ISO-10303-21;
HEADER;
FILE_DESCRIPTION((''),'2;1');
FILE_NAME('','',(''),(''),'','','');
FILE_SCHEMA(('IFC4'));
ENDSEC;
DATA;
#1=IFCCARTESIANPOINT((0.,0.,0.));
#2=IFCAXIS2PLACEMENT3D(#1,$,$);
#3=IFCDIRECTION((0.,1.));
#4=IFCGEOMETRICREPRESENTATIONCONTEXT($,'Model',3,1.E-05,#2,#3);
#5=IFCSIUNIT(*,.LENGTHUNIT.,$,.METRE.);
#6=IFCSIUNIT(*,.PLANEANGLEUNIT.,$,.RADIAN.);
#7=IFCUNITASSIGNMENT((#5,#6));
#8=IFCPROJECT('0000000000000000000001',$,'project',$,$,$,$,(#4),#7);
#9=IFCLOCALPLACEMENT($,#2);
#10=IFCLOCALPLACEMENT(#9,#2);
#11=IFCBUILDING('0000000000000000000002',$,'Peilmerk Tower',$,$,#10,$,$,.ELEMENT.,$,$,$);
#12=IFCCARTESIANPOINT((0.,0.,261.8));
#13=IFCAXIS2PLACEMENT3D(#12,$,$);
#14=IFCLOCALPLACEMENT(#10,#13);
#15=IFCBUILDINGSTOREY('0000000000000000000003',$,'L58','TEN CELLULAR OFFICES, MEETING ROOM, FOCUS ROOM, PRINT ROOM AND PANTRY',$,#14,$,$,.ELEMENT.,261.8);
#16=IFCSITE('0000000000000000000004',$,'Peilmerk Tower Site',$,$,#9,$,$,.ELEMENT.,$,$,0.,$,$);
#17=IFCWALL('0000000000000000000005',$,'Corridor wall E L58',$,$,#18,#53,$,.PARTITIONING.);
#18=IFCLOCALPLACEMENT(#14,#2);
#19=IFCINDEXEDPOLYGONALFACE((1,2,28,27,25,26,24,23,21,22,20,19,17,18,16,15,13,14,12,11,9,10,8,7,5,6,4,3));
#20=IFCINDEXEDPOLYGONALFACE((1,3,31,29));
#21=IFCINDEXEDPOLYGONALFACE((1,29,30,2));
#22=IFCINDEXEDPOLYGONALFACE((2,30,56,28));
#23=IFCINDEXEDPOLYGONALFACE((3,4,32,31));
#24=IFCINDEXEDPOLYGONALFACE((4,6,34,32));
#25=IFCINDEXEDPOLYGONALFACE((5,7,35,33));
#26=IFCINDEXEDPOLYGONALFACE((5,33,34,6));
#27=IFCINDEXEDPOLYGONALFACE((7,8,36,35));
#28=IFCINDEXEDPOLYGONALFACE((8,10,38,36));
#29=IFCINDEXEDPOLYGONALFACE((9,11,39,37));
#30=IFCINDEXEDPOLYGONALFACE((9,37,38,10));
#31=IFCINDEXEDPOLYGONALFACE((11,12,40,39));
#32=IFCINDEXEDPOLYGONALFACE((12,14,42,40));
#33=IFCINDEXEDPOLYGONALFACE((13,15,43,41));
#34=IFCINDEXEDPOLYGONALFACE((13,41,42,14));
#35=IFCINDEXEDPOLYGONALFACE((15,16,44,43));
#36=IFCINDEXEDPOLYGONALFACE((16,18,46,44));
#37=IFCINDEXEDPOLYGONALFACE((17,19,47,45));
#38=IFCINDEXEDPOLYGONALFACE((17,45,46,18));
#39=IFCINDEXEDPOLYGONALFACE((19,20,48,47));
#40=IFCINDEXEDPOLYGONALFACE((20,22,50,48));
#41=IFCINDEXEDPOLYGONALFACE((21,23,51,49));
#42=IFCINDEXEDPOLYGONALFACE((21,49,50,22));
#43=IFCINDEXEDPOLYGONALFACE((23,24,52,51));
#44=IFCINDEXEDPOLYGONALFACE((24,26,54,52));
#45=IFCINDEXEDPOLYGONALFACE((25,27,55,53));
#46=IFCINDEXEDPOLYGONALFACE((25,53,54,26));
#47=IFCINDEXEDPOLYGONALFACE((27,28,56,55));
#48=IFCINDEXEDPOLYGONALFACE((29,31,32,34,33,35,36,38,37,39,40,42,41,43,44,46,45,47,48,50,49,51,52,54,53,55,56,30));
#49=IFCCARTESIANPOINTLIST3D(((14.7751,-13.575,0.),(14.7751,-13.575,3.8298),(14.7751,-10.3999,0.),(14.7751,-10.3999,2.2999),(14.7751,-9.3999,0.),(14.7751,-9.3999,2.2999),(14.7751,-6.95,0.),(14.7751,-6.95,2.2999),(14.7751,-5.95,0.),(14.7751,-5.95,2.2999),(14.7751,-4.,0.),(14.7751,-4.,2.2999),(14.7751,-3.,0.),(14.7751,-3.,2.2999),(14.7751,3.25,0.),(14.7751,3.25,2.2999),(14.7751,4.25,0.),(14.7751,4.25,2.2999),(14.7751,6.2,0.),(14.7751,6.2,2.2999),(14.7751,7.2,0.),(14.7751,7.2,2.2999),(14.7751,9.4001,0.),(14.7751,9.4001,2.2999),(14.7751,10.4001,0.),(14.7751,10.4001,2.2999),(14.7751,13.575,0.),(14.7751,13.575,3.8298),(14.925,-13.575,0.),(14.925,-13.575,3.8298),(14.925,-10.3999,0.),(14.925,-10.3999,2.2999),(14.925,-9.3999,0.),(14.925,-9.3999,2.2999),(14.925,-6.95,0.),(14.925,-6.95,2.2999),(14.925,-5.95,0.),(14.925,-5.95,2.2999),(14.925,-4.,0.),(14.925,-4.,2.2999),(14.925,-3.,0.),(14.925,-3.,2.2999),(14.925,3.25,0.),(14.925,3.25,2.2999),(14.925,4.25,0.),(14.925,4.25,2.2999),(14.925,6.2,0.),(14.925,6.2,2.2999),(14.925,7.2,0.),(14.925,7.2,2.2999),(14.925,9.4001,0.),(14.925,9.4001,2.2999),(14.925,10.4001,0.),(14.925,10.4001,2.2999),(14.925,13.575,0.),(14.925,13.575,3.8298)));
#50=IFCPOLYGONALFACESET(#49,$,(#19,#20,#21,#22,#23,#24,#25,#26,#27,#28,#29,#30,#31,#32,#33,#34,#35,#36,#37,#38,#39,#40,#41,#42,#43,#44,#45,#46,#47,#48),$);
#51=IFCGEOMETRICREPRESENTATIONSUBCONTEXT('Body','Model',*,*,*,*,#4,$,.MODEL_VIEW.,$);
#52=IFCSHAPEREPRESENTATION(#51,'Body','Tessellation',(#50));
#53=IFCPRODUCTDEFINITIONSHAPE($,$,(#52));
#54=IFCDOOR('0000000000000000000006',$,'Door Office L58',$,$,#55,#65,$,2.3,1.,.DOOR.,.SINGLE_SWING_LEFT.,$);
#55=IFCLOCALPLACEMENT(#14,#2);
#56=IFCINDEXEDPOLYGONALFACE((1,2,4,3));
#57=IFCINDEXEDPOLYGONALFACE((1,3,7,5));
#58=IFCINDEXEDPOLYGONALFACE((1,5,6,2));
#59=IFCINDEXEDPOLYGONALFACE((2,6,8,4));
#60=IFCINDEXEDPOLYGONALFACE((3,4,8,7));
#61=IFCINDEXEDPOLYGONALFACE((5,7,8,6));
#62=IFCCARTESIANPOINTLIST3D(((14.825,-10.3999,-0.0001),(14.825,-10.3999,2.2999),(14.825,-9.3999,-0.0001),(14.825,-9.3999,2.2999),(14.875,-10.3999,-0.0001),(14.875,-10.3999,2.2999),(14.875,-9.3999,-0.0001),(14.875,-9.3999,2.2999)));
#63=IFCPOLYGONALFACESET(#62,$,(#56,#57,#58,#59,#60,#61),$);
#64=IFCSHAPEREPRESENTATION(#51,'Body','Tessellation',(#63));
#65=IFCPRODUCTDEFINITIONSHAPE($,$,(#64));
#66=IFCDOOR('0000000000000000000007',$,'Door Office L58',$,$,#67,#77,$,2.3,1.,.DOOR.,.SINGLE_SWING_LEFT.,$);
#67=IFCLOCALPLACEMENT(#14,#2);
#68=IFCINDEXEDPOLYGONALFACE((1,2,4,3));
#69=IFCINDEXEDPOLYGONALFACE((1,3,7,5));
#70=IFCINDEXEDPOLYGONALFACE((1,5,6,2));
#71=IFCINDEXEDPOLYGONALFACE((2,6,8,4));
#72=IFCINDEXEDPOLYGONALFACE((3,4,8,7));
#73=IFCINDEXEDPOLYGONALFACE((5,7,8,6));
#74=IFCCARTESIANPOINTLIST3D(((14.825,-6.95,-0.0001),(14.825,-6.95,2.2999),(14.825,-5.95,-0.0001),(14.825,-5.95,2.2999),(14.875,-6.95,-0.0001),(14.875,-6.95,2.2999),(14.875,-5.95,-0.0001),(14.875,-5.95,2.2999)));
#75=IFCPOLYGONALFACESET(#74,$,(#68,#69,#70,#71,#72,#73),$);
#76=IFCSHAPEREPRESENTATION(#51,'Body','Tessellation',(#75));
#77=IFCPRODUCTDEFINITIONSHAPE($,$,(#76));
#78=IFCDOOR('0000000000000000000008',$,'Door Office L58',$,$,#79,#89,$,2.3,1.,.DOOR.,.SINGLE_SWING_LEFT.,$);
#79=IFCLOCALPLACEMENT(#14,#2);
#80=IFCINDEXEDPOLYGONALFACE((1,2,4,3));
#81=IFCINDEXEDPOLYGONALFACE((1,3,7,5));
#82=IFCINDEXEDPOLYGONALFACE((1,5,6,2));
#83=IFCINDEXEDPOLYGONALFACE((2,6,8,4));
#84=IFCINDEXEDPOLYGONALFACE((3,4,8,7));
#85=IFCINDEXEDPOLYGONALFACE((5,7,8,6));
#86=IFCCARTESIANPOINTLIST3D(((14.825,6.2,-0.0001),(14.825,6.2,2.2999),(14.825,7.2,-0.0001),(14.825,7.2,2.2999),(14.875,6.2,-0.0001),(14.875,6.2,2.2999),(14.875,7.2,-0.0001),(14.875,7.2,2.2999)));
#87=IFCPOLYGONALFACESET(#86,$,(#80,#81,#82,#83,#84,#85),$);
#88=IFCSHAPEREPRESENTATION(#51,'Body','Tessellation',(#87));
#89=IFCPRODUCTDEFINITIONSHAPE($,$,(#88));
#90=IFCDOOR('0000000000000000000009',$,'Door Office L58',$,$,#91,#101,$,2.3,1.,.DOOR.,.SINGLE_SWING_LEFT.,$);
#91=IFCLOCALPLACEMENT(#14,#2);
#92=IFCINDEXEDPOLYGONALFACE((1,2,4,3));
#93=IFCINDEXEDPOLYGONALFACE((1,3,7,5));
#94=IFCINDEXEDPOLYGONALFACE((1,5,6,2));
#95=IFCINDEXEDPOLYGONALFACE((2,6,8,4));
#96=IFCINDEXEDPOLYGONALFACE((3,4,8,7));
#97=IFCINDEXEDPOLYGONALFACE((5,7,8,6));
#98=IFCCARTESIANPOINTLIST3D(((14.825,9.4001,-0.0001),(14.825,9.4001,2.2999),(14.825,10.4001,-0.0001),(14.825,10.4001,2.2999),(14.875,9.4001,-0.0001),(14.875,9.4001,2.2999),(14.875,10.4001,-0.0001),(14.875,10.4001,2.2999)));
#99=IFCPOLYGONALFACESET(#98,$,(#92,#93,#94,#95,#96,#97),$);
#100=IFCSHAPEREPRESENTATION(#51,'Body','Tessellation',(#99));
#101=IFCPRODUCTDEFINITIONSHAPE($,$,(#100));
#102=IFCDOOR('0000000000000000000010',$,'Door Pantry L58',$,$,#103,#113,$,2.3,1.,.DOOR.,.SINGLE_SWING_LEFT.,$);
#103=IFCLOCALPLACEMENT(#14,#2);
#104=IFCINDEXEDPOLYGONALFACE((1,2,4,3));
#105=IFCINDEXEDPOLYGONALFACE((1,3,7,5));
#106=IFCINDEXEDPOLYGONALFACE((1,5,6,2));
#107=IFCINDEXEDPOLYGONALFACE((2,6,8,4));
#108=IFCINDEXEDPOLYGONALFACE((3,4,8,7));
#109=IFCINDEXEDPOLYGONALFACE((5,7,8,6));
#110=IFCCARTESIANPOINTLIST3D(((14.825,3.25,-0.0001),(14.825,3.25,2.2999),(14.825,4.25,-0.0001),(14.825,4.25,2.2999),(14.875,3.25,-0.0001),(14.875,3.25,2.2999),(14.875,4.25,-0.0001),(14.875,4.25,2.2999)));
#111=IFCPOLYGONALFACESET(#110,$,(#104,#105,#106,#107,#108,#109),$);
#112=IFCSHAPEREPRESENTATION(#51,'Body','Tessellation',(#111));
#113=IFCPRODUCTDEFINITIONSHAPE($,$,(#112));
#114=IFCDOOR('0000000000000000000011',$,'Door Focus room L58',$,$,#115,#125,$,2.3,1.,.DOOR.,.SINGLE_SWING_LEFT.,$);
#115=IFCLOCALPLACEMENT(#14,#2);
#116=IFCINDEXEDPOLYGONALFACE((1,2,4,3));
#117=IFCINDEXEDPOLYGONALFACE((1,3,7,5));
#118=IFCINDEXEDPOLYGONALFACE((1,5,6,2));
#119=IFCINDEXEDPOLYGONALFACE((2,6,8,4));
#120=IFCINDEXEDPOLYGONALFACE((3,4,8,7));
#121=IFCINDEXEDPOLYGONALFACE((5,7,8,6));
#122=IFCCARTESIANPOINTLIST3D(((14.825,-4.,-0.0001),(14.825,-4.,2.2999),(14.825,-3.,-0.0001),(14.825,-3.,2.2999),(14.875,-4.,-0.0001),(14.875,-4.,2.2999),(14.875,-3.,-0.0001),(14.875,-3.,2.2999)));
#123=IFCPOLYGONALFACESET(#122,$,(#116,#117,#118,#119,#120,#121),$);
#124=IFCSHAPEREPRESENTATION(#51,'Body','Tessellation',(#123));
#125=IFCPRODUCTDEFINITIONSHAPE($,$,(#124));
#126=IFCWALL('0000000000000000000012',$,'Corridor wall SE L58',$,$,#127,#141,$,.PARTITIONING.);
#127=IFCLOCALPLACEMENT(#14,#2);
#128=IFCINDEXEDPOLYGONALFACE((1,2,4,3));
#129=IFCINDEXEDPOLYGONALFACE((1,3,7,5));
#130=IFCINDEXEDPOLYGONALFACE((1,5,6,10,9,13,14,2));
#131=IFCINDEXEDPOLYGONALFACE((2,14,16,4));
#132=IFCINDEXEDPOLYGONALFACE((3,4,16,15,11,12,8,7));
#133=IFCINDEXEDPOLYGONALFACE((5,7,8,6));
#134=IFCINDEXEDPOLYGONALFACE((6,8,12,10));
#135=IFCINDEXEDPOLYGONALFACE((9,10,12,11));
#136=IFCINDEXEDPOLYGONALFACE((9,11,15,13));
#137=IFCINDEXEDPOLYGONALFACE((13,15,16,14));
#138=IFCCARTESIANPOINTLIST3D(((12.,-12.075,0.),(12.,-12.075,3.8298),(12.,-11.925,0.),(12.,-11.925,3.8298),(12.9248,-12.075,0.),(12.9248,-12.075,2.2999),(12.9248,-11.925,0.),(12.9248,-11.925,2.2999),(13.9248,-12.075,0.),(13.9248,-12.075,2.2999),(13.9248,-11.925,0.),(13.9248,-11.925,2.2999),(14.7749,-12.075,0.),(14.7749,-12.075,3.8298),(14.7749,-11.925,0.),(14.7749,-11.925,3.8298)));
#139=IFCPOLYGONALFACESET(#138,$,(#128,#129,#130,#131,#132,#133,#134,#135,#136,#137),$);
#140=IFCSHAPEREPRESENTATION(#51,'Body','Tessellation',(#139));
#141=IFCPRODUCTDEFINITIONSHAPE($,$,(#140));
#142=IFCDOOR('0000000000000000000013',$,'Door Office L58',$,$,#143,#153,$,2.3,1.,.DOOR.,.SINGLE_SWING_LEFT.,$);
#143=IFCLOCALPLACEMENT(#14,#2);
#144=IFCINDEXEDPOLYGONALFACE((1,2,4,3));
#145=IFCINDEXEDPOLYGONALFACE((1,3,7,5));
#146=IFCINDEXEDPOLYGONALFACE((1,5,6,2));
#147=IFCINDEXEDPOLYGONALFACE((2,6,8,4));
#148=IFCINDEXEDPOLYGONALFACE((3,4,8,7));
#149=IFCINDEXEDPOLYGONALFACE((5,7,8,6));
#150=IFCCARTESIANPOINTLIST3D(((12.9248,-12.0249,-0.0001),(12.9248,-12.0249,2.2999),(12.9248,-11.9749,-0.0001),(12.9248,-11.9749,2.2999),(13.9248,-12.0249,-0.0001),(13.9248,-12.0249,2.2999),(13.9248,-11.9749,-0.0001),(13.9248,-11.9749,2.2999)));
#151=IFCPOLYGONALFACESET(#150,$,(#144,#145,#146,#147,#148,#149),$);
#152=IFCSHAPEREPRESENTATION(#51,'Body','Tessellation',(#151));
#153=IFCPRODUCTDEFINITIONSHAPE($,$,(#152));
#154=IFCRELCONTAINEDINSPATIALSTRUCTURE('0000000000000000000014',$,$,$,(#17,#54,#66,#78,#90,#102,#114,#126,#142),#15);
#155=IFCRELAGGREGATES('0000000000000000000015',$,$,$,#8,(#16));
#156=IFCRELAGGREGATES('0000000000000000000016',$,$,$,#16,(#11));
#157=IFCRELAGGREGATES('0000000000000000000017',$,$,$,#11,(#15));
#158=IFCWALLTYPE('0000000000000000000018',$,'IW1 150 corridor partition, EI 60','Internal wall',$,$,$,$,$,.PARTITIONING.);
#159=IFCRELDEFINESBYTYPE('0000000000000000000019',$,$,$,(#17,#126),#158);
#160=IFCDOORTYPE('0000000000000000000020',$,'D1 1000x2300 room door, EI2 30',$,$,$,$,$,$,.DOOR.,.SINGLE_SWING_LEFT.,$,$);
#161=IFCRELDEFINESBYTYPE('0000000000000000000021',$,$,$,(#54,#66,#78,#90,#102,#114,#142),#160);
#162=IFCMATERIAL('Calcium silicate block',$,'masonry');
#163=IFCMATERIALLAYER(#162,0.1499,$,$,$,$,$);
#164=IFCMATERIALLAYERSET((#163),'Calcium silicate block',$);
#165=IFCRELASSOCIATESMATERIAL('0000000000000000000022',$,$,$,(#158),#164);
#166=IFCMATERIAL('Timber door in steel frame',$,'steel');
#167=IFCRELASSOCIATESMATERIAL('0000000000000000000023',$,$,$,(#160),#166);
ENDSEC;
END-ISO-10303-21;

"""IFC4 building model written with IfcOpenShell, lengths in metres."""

from ifc_helpers import new_model, si_unit, direction, frame, frame_2d, origin, place, context, subcontext, project, spatial, rectangle, extrude, material, layer, layer_set, type_object, element, fill, save


model = new_model("IFC4")

# Units and contexts
model_context = context("Model", 3, precision=1e-05, world=origin(), true_north=direction((0.0, 1.0)))
body_context = subcontext(model_context, "Body", "Model", "MODEL_VIEW")
ifc_project = project(units=[si_unit("LENGTHUNIT", "METRE"), si_unit("PLANEANGLEUNIT", "RADIAN")], contexts=[model_context])

# Site, building, storey
site_placement = place(None, origin())
site = spatial("IfcSite", under=ifc_project, at=site_placement, Name="Peilmerk Tower Site", CompositionType="ELEMENT", RefElevation=0.0)
building_placement = place(site_placement, origin())
building = spatial("IfcBuilding", under=site, at=building_placement, Name="Peilmerk Tower", CompositionType="ELEMENT")
storey_placement = place(building_placement, frame((0.0, 0.0, 261.8)))
storey = spatial("IfcBuildingStorey", under=building, at=storey_placement, Name="L58", Description="TEN CELLULAR OFFICES, MEETING ROOM, FOCUS ROOM, PRINT ROOM AND PANTRY", CompositionType="ELEMENT", Elevation=261.8)

# Wall, openings, doors
ifc_material_1 = material(Name="Calcium silicate block", Category="masonry")
ifc_layer_1 = layer(ifc_material_1, 0.1499)
ifc_layer_set_1 = layer_set([ifc_layer_1], Name="Calcium silicate block")
wall_type_1 = type_object("IfcWallType", Name="IW1 150 corridor partition, EI 60", Description="Internal wall", PredefinedType="PARTITIONING", material=ifc_layer_set_1)
wall_1_placement = place(storey_placement, frame((14.8501, -13.575, 0.0), z_axis=(0.0, 0.0, 1.0), x_axis=(0.0, 1.0, 0.0)))
wall_1 = element("IfcWall", 1, at=wall_1_placement, inside=storey, type_object=wall_type_1, Name="Corridor wall E L58", PredefinedType="PARTITIONING", context=body_context, shape_type="SweptSolid", body=[
    extrude(rectangle(XDim=27.1499, YDim=0.1499, at=frame_2d((13.575, 0.0))), origin(), (0.0, 0.0, 1.0), 3.8298),
])
opening_1_placement = place(wall_1_placement, frame((3.175, 0.0, 0.0)))
opening_1 = element("IfcOpeningElement", 2, at=opening_1_placement, cuts=wall_1, PredefinedType="OPENING", context=body_context, shape_type="SweptSolid", body=[
    extrude(rectangle(XDim=1.0, YDim=2.3, at=frame_2d((0.5, 1.1499))), frame((0.0, 0.085, 0.0), z_axis=(0.0, -1.0, 0.0), x_axis=(1.0, 0.0, 0.0)), (0.0, 0.0, 1.0), 0.1699),
])
opening_2_placement = place(wall_1_placement, frame((6.625, 0.0, 0.0)))
opening_2 = element("IfcOpeningElement", 3, at=opening_2_placement, cuts=wall_1, PredefinedType="OPENING", context=body_context, shape_type="SweptSolid", body=[
    extrude(rectangle(XDim=1.0, YDim=2.3, at=frame_2d((0.5, 1.1499))), frame((0.0, 0.085, 0.0), z_axis=(0.0, -1.0, 0.0), x_axis=(1.0, 0.0, 0.0)), (0.0, 0.0, 1.0), 0.1699),
])
opening_3_placement = place(wall_1_placement, frame((19.7749, 0.0, 0.0)))
opening_3 = element("IfcOpeningElement", 4, at=opening_3_placement, cuts=wall_1, PredefinedType="OPENING", context=body_context, shape_type="SweptSolid", body=[
    extrude(rectangle(XDim=1.0, YDim=2.3, at=frame_2d((0.5, 1.1499))), frame((0.0, 0.085, 0.0), z_axis=(0.0, -1.0, 0.0), x_axis=(1.0, 0.0, 0.0)), (0.0, 0.0, 1.0), 0.1699),
])
opening_4_placement = place(wall_1_placement, frame((22.9751, 0.0, 0.0)))
opening_4 = element("IfcOpeningElement", 5, at=opening_4_placement, cuts=wall_1, PredefinedType="OPENING", context=body_context, shape_type="SweptSolid", body=[
    extrude(rectangle(XDim=1.0, YDim=2.3, at=frame_2d((0.5, 1.1499))), frame((0.0, 0.085, 0.0), z_axis=(0.0, -1.0, 0.0), x_axis=(1.0, 0.0, 0.0)), (0.0, 0.0, 1.0), 0.1699),
])
opening_5_placement = place(wall_1_placement, frame((16.825, 0.0, 0.0)))
opening_5 = element("IfcOpeningElement", 6, at=opening_5_placement, cuts=wall_1, PredefinedType="OPENING", context=body_context, shape_type="SweptSolid", body=[
    extrude(rectangle(XDim=1.0, YDim=2.3, at=frame_2d((0.5, 1.1499))), frame((0.0, 0.085, 0.0), z_axis=(0.0, -1.0, 0.0), x_axis=(1.0, 0.0, 0.0)), (0.0, 0.0, 1.0), 0.1699),
])
opening_6_placement = place(wall_1_placement, frame((9.575, 0.0, 0.0)))
opening_6 = element("IfcOpeningElement", 7, at=opening_6_placement, cuts=wall_1, PredefinedType="OPENING", context=body_context, shape_type="SweptSolid", body=[
    extrude(rectangle(XDim=1.0, YDim=2.3, at=frame_2d((0.5, 1.1499))), frame((0.0, 0.085, 0.0), z_axis=(0.0, -1.0, 0.0), x_axis=(1.0, 0.0, 0.0)), (0.0, 0.0, 1.0), 0.1699),
])
ifc_material_2 = material(Name="Timber door in steel frame", Category="steel")
door_type = type_object("IfcDoorType", Name="D1 1000x2300 room door, EI2 30", OperationType="SINGLE_SWING_LEFT", PredefinedType="DOOR", material=ifc_material_2)
door_1_placement = place(opening_1_placement, frame((1.0, 0.0, 0.0), z_axis=(0.0, 0.0, 1.0), x_axis=(-1.0, 0.0, 0.0)))
door_1 = element("IfcDoor", 8, at=door_1_placement, inside=storey, type_object=door_type, Name="Door Office L58", OperationType="SINGLE_SWING_LEFT", OverallHeight=2.3, OverallWidth=1.0, PredefinedType="DOOR", context=body_context, shape_type="SweptSolid", body=[
    extrude(rectangle(XDim=1.0, YDim=2.3, at=frame_2d((0.5, 1.1499))), frame((0.0, 0.0249, 0.0), z_axis=(0.0, -1.0, 0.0), x_axis=(1.0, 0.0, 0.0)), (0.0, 0.0, 1.0), 0.05),
])
fill(opening_1, door_1)
door_2_placement = place(opening_2_placement, frame((1.0, 0.0, 0.0), z_axis=(0.0, 0.0, 1.0), x_axis=(-1.0, 0.0, 0.0)))
door_2 = element("IfcDoor", 9, at=door_2_placement, inside=storey, type_object=door_type, Name="Door Office L58", OperationType="SINGLE_SWING_LEFT", OverallHeight=2.3, OverallWidth=1.0, PredefinedType="DOOR", context=body_context, shape_type="SweptSolid", body=[
    extrude(rectangle(XDim=1.0, YDim=2.3, at=frame_2d((0.5, 1.1499))), frame((0.0, 0.0249, 0.0), z_axis=(0.0, -1.0, 0.0), x_axis=(1.0, 0.0, 0.0)), (0.0, 0.0, 1.0), 0.05),
])
fill(opening_2, door_2)
door_3_placement = place(opening_3_placement, frame((1.0, 0.0, 0.0), z_axis=(0.0, 0.0, 1.0), x_axis=(-1.0, 0.0, 0.0)))
door_3 = element("IfcDoor", 10, at=door_3_placement, inside=storey, type_object=door_type, Name="Door Office L58", OperationType="SINGLE_SWING_LEFT", OverallHeight=2.3, OverallWidth=1.0, PredefinedType="DOOR", context=body_context, shape_type="SweptSolid", body=[
    extrude(rectangle(XDim=1.0, YDim=2.3, at=frame_2d((0.5, 1.1499))), frame((0.0, 0.0249, 0.0), z_axis=(0.0, -1.0, 0.0), x_axis=(1.0, 0.0, 0.0)), (0.0, 0.0, 1.0), 0.05),
])
fill(opening_3, door_3)
door_4_placement = place(opening_4_placement, frame((1.0, 0.0, 0.0), z_axis=(0.0, 0.0, 1.0), x_axis=(-1.0, 0.0, 0.0)))
door_4 = element("IfcDoor", 11, at=door_4_placement, inside=storey, type_object=door_type, Name="Door Office L58", OperationType="SINGLE_SWING_LEFT", OverallHeight=2.3, OverallWidth=1.0, PredefinedType="DOOR", context=body_context, shape_type="SweptSolid", body=[
    extrude(rectangle(XDim=1.0, YDim=2.3, at=frame_2d((0.5, 1.1499))), frame((0.0, 0.0249, 0.0), z_axis=(0.0, -1.0, 0.0), x_axis=(1.0, 0.0, 0.0)), (0.0, 0.0, 1.0), 0.05),
])
fill(opening_4, door_4)
door_5_placement = place(opening_5_placement, frame((1.0, 0.0, 0.0), z_axis=(0.0, 0.0, 1.0), x_axis=(-1.0, 0.0, 0.0)))
door_5 = element("IfcDoor", 12, at=door_5_placement, inside=storey, type_object=door_type, Name="Door Pantry L58", OperationType="SINGLE_SWING_LEFT", OverallHeight=2.3, OverallWidth=1.0, PredefinedType="DOOR", context=body_context, shape_type="SweptSolid", body=[
    extrude(rectangle(XDim=1.0, YDim=2.3, at=frame_2d((0.5, 1.1499))), frame((0.0, 0.0249, 0.0), z_axis=(0.0, -1.0, 0.0), x_axis=(1.0, 0.0, 0.0)), (0.0, 0.0, 1.0), 0.05),
])
fill(opening_5, door_5)
door_6_placement = place(opening_6_placement, frame((1.0, 0.0, 0.0), z_axis=(0.0, 0.0, 1.0), x_axis=(-1.0, 0.0, 0.0)))
door_6 = element("IfcDoor", 13, at=door_6_placement, inside=storey, type_object=door_type, Name="Door Focus room L58", OperationType="SINGLE_SWING_LEFT", OverallHeight=2.3, OverallWidth=1.0, PredefinedType="DOOR", context=body_context, shape_type="SweptSolid", body=[
    extrude(rectangle(XDim=1.0, YDim=2.3, at=frame_2d((0.5, 1.1499))), frame((0.0, 0.0249, 0.0), z_axis=(0.0, -1.0, 0.0), x_axis=(1.0, 0.0, 0.0)), (0.0, 0.0, 1.0), 0.05),
])
fill(opening_6, door_6)

# Wall, opening, door
wall_2_placement = place(storey_placement, frame((14.7749, -12.0, 0.0), z_axis=(0.0, 0.0, 1.0), x_axis=(-1.0, 0.0, 0.0)))
wall_2 = element("IfcWall", 14, at=wall_2_placement, inside=storey, type_object=wall_type_1, Name="Corridor wall SE L58", PredefinedType="PARTITIONING", context=body_context, shape_type="SweptSolid", body=[
    extrude(rectangle(XDim=2.7749, YDim=0.1499, at=frame_2d((1.3875, 0.0))), origin(), (0.0, 0.0, 1.0), 3.8298),
])
opening_7_placement = place(wall_2_placement, frame((0.8501, 0.0, 0.0)))
opening_7 = element("IfcOpeningElement", 15, at=opening_7_placement, cuts=wall_2, PredefinedType="OPENING", context=body_context, shape_type="SweptSolid", body=[
    extrude(rectangle(XDim=1.0, YDim=2.3, at=frame_2d((0.5, 1.1499))), frame((0.0, 0.085, 0.0), z_axis=(0.0, -1.0, 0.0), x_axis=(1.0, 0.0, 0.0)), (0.0, 0.0, 1.0), 0.1699),
])
door_7_placement = place(opening_7_placement, origin())
door_7 = element("IfcDoor", 16, at=door_7_placement, inside=storey, type_object=door_type, Name="Door Office L58", OperationType="SINGLE_SWING_LEFT", OverallHeight=2.3, OverallWidth=1.0, PredefinedType="DOOR", context=body_context, shape_type="SweptSolid", body=[
    extrude(rectangle(XDim=1.0, YDim=2.3, at=frame_2d((0.5, 1.1499))), frame((0.0, 0.0249, 0.0), z_axis=(0.0, -1.0, 0.0), x_axis=(1.0, 0.0, 0.0)), (0.0, 0.0, 1.0), 0.05),
])
fill(opening_7, door_7)

save(model, "model.ifc")
